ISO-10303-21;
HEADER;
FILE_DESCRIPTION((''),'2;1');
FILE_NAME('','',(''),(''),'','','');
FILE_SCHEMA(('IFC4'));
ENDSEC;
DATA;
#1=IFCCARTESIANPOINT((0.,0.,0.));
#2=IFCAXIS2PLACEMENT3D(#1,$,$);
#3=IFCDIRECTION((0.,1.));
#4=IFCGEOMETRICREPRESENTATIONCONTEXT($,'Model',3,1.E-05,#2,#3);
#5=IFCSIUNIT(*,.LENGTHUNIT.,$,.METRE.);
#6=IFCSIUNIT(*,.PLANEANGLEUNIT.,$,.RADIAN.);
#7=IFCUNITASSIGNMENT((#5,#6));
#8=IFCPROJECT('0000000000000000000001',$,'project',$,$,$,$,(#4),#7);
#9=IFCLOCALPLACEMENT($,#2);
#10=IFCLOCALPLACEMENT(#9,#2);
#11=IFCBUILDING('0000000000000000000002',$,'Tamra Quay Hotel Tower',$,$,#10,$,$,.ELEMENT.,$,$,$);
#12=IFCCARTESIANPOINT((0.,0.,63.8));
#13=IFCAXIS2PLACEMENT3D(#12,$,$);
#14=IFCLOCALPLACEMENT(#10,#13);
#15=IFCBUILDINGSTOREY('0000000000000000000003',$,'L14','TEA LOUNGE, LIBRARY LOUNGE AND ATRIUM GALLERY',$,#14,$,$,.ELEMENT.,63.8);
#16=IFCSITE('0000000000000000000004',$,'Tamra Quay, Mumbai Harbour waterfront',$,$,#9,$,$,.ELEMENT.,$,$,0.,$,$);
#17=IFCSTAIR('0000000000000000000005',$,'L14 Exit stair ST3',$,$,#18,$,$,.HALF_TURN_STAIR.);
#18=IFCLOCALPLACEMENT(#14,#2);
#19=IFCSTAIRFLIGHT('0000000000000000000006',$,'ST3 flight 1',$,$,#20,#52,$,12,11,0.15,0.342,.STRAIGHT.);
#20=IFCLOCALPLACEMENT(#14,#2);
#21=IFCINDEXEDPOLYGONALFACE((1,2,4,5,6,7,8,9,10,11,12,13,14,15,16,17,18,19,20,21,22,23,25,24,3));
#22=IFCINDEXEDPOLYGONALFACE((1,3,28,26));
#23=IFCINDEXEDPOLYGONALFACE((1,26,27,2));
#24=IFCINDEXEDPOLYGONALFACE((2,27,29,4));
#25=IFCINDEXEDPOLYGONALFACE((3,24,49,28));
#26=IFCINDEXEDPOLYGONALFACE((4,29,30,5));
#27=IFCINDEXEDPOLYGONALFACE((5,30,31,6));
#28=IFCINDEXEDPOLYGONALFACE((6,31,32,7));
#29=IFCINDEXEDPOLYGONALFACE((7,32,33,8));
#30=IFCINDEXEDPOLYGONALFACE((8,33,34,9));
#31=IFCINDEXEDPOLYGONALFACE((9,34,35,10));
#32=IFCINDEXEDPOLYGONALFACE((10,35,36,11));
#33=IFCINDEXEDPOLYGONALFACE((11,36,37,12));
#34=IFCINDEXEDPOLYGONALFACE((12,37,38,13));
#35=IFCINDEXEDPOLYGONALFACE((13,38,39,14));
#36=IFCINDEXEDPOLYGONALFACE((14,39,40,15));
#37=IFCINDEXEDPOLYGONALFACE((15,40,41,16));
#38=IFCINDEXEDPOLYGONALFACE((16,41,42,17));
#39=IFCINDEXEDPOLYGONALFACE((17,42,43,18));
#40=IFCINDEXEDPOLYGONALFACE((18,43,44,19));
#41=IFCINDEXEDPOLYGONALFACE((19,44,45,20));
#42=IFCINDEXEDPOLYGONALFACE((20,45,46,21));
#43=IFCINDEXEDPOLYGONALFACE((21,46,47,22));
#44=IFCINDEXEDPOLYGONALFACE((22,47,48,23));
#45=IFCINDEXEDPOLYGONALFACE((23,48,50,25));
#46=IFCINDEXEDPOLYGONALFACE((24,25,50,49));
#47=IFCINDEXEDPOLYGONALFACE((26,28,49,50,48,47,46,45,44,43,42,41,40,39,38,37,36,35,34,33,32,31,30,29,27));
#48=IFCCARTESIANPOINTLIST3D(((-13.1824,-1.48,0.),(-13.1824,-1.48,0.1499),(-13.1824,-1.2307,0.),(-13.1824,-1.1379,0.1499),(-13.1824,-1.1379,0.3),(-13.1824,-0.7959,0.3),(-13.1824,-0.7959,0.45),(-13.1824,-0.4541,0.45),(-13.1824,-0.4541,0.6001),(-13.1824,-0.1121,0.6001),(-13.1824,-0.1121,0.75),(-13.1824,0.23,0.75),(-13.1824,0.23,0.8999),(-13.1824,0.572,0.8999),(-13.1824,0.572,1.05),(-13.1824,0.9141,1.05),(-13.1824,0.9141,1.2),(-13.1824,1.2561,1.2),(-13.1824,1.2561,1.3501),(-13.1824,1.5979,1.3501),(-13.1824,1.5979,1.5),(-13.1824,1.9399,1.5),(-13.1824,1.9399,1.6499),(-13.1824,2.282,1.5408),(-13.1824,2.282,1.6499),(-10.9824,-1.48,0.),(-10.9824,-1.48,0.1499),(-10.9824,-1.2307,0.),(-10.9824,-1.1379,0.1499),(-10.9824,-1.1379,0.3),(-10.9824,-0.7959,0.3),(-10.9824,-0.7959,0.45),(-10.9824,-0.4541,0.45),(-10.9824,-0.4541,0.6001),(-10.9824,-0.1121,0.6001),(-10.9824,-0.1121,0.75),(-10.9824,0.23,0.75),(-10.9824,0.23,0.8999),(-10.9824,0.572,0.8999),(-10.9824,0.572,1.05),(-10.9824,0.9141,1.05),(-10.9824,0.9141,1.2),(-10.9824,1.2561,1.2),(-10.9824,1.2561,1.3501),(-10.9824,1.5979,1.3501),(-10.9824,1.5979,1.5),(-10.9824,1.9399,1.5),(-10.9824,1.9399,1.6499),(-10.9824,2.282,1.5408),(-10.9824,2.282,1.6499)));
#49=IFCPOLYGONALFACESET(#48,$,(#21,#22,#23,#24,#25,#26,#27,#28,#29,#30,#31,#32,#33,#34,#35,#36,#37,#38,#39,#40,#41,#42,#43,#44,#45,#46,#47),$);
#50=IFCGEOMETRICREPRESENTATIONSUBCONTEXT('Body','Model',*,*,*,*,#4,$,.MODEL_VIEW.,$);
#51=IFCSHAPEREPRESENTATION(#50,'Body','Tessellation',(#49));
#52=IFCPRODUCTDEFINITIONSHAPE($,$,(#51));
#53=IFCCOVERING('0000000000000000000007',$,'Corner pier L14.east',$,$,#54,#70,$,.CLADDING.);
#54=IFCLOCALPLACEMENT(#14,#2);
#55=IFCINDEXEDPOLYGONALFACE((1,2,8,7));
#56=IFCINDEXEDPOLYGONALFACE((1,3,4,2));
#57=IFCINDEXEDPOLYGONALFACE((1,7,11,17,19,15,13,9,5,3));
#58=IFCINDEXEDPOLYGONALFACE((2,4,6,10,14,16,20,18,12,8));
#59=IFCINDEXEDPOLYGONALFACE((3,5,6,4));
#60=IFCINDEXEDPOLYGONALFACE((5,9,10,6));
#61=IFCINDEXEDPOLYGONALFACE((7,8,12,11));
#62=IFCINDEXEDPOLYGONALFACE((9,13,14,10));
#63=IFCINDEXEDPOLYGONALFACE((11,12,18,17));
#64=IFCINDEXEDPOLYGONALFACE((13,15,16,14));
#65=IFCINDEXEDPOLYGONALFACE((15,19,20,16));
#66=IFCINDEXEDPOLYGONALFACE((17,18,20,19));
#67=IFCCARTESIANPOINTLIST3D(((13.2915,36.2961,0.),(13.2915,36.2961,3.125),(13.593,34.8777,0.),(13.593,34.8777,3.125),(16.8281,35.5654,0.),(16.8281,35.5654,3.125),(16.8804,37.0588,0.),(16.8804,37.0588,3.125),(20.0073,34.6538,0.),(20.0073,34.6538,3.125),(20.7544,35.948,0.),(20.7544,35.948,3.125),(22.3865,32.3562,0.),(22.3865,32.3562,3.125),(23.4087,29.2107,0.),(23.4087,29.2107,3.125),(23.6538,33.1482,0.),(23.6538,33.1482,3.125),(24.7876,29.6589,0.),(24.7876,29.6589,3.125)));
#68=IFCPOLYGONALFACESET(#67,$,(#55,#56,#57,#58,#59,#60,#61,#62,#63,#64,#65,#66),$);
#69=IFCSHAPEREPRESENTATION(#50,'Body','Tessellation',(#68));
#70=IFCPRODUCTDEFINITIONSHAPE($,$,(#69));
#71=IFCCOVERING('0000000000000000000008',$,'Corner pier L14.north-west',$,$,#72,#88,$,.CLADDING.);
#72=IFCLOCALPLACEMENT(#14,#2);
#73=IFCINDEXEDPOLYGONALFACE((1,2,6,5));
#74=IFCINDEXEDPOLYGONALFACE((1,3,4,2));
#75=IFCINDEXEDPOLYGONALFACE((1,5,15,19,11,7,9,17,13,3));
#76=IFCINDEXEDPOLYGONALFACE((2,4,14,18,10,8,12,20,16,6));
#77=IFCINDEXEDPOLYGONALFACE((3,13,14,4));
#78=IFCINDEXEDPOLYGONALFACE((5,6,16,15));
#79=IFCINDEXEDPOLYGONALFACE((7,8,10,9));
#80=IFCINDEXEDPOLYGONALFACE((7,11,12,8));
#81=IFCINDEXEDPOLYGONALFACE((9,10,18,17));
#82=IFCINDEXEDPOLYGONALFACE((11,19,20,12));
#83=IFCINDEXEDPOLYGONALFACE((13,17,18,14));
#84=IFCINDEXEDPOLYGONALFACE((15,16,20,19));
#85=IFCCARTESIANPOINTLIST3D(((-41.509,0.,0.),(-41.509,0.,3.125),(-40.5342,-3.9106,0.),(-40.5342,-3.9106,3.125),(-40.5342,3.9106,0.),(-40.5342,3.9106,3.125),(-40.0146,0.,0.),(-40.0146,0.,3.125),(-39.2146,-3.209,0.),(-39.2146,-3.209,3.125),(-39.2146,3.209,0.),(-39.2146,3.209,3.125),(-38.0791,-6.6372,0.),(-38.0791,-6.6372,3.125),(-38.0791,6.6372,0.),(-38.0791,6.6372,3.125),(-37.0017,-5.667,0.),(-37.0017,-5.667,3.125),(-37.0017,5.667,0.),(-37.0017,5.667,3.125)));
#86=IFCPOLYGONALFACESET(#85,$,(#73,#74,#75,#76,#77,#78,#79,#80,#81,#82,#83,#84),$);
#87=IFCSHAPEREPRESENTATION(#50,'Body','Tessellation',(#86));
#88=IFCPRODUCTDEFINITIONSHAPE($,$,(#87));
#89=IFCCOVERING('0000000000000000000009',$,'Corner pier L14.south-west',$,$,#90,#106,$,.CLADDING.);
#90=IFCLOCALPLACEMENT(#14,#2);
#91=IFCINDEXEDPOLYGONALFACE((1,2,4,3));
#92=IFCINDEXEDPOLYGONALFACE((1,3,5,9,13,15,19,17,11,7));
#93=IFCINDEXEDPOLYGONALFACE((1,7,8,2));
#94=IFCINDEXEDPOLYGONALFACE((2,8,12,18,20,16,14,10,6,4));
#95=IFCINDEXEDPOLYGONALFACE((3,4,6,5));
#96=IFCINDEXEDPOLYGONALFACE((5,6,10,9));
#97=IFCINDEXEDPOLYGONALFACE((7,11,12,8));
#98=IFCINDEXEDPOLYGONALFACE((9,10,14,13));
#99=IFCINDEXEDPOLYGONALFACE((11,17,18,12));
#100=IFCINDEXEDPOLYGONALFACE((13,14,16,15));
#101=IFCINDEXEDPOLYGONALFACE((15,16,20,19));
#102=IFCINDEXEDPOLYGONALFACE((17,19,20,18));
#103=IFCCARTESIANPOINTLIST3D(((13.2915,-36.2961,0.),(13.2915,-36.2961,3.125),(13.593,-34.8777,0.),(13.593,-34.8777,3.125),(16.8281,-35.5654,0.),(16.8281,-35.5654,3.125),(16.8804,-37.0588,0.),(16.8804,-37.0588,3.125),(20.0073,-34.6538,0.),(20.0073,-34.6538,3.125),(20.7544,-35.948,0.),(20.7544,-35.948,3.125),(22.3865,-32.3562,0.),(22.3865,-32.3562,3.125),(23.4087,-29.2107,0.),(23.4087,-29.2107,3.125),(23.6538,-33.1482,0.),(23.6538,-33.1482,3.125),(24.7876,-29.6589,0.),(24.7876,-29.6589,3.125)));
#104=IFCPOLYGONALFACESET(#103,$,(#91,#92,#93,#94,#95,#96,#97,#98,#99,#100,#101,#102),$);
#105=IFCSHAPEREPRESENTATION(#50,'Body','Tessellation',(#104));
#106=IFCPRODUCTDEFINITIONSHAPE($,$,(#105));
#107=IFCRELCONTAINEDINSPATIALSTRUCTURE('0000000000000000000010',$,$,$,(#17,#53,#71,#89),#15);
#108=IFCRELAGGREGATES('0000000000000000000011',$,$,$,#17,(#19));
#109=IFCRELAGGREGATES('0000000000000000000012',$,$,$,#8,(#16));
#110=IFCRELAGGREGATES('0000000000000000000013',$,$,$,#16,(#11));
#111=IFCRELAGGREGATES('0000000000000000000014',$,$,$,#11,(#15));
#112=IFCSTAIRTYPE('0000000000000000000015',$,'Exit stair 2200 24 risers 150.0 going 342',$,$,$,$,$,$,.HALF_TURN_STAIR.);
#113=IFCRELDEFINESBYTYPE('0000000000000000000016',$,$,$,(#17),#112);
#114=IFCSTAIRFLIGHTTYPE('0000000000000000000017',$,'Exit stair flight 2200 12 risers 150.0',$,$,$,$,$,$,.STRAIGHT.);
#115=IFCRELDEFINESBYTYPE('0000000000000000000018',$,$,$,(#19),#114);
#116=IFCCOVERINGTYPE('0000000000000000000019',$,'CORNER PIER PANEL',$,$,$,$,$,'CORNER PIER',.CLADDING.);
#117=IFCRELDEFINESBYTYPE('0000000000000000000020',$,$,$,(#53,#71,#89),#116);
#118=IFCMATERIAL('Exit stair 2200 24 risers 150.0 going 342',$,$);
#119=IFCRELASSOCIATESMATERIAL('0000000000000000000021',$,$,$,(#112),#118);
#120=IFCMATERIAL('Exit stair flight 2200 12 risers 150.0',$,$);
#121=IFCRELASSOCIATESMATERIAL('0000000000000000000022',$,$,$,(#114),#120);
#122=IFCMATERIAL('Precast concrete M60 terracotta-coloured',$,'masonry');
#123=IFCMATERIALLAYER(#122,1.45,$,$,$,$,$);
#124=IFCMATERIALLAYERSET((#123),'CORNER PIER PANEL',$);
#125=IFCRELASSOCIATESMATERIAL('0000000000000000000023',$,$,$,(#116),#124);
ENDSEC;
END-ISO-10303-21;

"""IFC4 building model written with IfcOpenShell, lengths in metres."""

from ifc_helpers import new_model, si_unit, direction, frame, origin, place, context, subcontext, project, spatial, polyline, outline, extrude, material, layer, layer_set, type_object, element, aggregate, save


model = new_model("IFC4")

# Units and contexts
model_context = context("Model", 3, precision=1e-05, world=origin(), true_north=direction((0.0, 1.0)))
body_context = subcontext(model_context, "Body", "Model", "MODEL_VIEW")
ifc_project = project(units=[si_unit("LENGTHUNIT", "METRE"), si_unit("PLANEANGLEUNIT", "RADIAN")], contexts=[model_context])

# Site, building, storey
site_placement = place(None, origin())
site = spatial("IfcSite", under=ifc_project, at=site_placement, Name="Tamra Quay, Mumbai Harbour waterfront", CompositionType="ELEMENT", RefElevation=0.0)
building_placement = place(site_placement, origin())
building = spatial("IfcBuilding", under=site, at=building_placement, Name="Tamra Quay Hotel Tower", CompositionType="ELEMENT")
storey_placement = place(building_placement, frame((0.0, 0.0, 63.8)))
storey = spatial("IfcBuildingStorey", under=building, at=storey_placement, Name="L14", Description="TEA LOUNGE, LIBRARY LOUNGE AND ATRIUM GALLERY", CompositionType="ELEMENT", Elevation=63.8)

# Stair, stair flight
ifc_material_1 = material(Name="Exit stair 2200 24 risers 150.0 going 342")
stair_type = type_object("IfcStairType", Name="Exit stair 2200 24 risers 150.0 going 342", PredefinedType="HALF_TURN_STAIR", material=ifc_material_1)
stair_placement = place(storey_placement, origin())
stair = element("IfcStair", 1, at=stair_placement, inside=storey, type_object=stair_type, Name="L14 Exit stair ST3", PredefinedType="HALF_TURN_STAIR")
ifc_material_2 = material(Name="Exit stair flight 2200 12 risers 150.0")
stair_flight_type = type_object("IfcStairFlightType", Name="Exit stair flight 2200 12 risers 150.0", PredefinedType="STRAIGHT", material=ifc_material_2)
stair_flight_placement = place(storey_placement, frame((-12.0823, -1.48, 0.0), z_axis=(0.0, 0.0, 1.0), x_axis=(0.0, 1.0, 0.0)))
stair_flight = element("IfcStairFlight", 2, at=stair_flight_placement, type_object=stair_flight_type, Name="ST3 flight 1", NumberOfRisers=12, NumberOfTreads=11, PredefinedType="STRAIGHT", RiserHeight=0.15, TreadLength=0.342, context=body_context, shape_type="SweptSolid", body=[
    extrude(outline(polyline([(0.0, 0.0), (0.0, 0.1499), (0.342, 0.1499), (0.342, 0.3), (0.6841, 0.3), (0.6841, 0.45), (1.0259, 0.45), (1.0259, 0.6001), (1.3679, 0.6001), (1.3679, 0.75), (1.71, 0.75), (1.71, 0.8999), (2.052, 0.8999), (2.052, 1.05), (2.394, 1.05), (2.394, 1.2), (2.7361, 1.2), (2.7361, 1.3501), (3.0779, 1.3501), (3.0779, 1.5), (3.4199, 1.5), (3.4199, 1.6499), (3.762, 1.6499), (3.762, 1.8), (3.762, 1.5408), (0.2493, 0.0), (0.0, 0.0)])), frame((0.0, 1.1001, 0.0), z_axis=(0.0, -1.0, 0.0), x_axis=(1.0, 0.0, 0.0)), (0.0, 0.0, 1.0), 2.2),
])
aggregate(stair, [stair_flight])

# Coverings
ifc_material_3 = material(Name="Precast concrete M60 terracotta-coloured", Category="masonry")
ifc_layer_1 = layer(ifc_material_3, 1.45)
ifc_layer_set_1 = layer_set([ifc_layer_1], Name="CORNER PIER PANEL")
covering_type = type_object("IfcCoveringType", Name="CORNER PIER PANEL", ElementType="CORNER PIER", PredefinedType="CLADDING", material=ifc_layer_set_1)
covering_1_placement = place(storey_placement, origin())
element("IfcCovering", 3, at=covering_1_placement, inside=storey, type_object=covering_type, Name="Corner pier L14.east", PredefinedType="CLADDING", context=body_context, shape_type="SweptSolid", body=[
    extrude(outline(polyline([(23.4087, 29.2107), (24.7876, 29.6589), (23.6538, 33.1482), (20.7544, 35.948), (16.8804, 37.0588), (13.2915, 36.2961), (13.593, 34.8777), (16.8281, 35.5654), (20.0073, 34.6538), (22.3865, 32.3562), (23.4087, 29.2107)])), origin(), (0.0, 0.0, 1.0), 3.125),
])
covering_2_placement = place(storey_placement, origin())
element("IfcCovering", 4, at=covering_2_placement, inside=storey, type_object=covering_type, Name="Corner pier L14.north-west", PredefinedType="CLADDING", context=body_context, shape_type="SweptSolid", body=[
    extrude(outline(polyline([(-37.0017, 5.667), (-38.0791, 6.6372), (-40.5342, 3.9106), (-41.509, 0.0), (-40.5342, -3.9106), (-38.0791, -6.6372), (-37.0017, -5.667), (-39.2146, -3.209), (-40.0146, 0.0), (-39.2146, 3.209), (-37.0017, 5.667)])), origin(), (0.0, 0.0, 1.0), 3.125),
])
covering_3_placement = place(storey_placement, origin())
element("IfcCovering", 5, at=covering_3_placement, inside=storey, type_object=covering_type, Name="Corner pier L14.south-west", PredefinedType="CLADDING", context=body_context, shape_type="SweptSolid", body=[
    extrude(outline(polyline([(13.593, -34.8777), (13.2915, -36.2961), (16.8804, -37.0588), (20.7544, -35.948), (23.6538, -33.1482), (24.7876, -29.6589), (23.4087, -29.2107), (22.3865, -32.3562), (20.0073, -34.6538), (16.8281, -35.5654), (13.593, -34.8777)])), origin(), (0.0, 0.0, 1.0), 3.125),
])

save(model, "model.ifc")
